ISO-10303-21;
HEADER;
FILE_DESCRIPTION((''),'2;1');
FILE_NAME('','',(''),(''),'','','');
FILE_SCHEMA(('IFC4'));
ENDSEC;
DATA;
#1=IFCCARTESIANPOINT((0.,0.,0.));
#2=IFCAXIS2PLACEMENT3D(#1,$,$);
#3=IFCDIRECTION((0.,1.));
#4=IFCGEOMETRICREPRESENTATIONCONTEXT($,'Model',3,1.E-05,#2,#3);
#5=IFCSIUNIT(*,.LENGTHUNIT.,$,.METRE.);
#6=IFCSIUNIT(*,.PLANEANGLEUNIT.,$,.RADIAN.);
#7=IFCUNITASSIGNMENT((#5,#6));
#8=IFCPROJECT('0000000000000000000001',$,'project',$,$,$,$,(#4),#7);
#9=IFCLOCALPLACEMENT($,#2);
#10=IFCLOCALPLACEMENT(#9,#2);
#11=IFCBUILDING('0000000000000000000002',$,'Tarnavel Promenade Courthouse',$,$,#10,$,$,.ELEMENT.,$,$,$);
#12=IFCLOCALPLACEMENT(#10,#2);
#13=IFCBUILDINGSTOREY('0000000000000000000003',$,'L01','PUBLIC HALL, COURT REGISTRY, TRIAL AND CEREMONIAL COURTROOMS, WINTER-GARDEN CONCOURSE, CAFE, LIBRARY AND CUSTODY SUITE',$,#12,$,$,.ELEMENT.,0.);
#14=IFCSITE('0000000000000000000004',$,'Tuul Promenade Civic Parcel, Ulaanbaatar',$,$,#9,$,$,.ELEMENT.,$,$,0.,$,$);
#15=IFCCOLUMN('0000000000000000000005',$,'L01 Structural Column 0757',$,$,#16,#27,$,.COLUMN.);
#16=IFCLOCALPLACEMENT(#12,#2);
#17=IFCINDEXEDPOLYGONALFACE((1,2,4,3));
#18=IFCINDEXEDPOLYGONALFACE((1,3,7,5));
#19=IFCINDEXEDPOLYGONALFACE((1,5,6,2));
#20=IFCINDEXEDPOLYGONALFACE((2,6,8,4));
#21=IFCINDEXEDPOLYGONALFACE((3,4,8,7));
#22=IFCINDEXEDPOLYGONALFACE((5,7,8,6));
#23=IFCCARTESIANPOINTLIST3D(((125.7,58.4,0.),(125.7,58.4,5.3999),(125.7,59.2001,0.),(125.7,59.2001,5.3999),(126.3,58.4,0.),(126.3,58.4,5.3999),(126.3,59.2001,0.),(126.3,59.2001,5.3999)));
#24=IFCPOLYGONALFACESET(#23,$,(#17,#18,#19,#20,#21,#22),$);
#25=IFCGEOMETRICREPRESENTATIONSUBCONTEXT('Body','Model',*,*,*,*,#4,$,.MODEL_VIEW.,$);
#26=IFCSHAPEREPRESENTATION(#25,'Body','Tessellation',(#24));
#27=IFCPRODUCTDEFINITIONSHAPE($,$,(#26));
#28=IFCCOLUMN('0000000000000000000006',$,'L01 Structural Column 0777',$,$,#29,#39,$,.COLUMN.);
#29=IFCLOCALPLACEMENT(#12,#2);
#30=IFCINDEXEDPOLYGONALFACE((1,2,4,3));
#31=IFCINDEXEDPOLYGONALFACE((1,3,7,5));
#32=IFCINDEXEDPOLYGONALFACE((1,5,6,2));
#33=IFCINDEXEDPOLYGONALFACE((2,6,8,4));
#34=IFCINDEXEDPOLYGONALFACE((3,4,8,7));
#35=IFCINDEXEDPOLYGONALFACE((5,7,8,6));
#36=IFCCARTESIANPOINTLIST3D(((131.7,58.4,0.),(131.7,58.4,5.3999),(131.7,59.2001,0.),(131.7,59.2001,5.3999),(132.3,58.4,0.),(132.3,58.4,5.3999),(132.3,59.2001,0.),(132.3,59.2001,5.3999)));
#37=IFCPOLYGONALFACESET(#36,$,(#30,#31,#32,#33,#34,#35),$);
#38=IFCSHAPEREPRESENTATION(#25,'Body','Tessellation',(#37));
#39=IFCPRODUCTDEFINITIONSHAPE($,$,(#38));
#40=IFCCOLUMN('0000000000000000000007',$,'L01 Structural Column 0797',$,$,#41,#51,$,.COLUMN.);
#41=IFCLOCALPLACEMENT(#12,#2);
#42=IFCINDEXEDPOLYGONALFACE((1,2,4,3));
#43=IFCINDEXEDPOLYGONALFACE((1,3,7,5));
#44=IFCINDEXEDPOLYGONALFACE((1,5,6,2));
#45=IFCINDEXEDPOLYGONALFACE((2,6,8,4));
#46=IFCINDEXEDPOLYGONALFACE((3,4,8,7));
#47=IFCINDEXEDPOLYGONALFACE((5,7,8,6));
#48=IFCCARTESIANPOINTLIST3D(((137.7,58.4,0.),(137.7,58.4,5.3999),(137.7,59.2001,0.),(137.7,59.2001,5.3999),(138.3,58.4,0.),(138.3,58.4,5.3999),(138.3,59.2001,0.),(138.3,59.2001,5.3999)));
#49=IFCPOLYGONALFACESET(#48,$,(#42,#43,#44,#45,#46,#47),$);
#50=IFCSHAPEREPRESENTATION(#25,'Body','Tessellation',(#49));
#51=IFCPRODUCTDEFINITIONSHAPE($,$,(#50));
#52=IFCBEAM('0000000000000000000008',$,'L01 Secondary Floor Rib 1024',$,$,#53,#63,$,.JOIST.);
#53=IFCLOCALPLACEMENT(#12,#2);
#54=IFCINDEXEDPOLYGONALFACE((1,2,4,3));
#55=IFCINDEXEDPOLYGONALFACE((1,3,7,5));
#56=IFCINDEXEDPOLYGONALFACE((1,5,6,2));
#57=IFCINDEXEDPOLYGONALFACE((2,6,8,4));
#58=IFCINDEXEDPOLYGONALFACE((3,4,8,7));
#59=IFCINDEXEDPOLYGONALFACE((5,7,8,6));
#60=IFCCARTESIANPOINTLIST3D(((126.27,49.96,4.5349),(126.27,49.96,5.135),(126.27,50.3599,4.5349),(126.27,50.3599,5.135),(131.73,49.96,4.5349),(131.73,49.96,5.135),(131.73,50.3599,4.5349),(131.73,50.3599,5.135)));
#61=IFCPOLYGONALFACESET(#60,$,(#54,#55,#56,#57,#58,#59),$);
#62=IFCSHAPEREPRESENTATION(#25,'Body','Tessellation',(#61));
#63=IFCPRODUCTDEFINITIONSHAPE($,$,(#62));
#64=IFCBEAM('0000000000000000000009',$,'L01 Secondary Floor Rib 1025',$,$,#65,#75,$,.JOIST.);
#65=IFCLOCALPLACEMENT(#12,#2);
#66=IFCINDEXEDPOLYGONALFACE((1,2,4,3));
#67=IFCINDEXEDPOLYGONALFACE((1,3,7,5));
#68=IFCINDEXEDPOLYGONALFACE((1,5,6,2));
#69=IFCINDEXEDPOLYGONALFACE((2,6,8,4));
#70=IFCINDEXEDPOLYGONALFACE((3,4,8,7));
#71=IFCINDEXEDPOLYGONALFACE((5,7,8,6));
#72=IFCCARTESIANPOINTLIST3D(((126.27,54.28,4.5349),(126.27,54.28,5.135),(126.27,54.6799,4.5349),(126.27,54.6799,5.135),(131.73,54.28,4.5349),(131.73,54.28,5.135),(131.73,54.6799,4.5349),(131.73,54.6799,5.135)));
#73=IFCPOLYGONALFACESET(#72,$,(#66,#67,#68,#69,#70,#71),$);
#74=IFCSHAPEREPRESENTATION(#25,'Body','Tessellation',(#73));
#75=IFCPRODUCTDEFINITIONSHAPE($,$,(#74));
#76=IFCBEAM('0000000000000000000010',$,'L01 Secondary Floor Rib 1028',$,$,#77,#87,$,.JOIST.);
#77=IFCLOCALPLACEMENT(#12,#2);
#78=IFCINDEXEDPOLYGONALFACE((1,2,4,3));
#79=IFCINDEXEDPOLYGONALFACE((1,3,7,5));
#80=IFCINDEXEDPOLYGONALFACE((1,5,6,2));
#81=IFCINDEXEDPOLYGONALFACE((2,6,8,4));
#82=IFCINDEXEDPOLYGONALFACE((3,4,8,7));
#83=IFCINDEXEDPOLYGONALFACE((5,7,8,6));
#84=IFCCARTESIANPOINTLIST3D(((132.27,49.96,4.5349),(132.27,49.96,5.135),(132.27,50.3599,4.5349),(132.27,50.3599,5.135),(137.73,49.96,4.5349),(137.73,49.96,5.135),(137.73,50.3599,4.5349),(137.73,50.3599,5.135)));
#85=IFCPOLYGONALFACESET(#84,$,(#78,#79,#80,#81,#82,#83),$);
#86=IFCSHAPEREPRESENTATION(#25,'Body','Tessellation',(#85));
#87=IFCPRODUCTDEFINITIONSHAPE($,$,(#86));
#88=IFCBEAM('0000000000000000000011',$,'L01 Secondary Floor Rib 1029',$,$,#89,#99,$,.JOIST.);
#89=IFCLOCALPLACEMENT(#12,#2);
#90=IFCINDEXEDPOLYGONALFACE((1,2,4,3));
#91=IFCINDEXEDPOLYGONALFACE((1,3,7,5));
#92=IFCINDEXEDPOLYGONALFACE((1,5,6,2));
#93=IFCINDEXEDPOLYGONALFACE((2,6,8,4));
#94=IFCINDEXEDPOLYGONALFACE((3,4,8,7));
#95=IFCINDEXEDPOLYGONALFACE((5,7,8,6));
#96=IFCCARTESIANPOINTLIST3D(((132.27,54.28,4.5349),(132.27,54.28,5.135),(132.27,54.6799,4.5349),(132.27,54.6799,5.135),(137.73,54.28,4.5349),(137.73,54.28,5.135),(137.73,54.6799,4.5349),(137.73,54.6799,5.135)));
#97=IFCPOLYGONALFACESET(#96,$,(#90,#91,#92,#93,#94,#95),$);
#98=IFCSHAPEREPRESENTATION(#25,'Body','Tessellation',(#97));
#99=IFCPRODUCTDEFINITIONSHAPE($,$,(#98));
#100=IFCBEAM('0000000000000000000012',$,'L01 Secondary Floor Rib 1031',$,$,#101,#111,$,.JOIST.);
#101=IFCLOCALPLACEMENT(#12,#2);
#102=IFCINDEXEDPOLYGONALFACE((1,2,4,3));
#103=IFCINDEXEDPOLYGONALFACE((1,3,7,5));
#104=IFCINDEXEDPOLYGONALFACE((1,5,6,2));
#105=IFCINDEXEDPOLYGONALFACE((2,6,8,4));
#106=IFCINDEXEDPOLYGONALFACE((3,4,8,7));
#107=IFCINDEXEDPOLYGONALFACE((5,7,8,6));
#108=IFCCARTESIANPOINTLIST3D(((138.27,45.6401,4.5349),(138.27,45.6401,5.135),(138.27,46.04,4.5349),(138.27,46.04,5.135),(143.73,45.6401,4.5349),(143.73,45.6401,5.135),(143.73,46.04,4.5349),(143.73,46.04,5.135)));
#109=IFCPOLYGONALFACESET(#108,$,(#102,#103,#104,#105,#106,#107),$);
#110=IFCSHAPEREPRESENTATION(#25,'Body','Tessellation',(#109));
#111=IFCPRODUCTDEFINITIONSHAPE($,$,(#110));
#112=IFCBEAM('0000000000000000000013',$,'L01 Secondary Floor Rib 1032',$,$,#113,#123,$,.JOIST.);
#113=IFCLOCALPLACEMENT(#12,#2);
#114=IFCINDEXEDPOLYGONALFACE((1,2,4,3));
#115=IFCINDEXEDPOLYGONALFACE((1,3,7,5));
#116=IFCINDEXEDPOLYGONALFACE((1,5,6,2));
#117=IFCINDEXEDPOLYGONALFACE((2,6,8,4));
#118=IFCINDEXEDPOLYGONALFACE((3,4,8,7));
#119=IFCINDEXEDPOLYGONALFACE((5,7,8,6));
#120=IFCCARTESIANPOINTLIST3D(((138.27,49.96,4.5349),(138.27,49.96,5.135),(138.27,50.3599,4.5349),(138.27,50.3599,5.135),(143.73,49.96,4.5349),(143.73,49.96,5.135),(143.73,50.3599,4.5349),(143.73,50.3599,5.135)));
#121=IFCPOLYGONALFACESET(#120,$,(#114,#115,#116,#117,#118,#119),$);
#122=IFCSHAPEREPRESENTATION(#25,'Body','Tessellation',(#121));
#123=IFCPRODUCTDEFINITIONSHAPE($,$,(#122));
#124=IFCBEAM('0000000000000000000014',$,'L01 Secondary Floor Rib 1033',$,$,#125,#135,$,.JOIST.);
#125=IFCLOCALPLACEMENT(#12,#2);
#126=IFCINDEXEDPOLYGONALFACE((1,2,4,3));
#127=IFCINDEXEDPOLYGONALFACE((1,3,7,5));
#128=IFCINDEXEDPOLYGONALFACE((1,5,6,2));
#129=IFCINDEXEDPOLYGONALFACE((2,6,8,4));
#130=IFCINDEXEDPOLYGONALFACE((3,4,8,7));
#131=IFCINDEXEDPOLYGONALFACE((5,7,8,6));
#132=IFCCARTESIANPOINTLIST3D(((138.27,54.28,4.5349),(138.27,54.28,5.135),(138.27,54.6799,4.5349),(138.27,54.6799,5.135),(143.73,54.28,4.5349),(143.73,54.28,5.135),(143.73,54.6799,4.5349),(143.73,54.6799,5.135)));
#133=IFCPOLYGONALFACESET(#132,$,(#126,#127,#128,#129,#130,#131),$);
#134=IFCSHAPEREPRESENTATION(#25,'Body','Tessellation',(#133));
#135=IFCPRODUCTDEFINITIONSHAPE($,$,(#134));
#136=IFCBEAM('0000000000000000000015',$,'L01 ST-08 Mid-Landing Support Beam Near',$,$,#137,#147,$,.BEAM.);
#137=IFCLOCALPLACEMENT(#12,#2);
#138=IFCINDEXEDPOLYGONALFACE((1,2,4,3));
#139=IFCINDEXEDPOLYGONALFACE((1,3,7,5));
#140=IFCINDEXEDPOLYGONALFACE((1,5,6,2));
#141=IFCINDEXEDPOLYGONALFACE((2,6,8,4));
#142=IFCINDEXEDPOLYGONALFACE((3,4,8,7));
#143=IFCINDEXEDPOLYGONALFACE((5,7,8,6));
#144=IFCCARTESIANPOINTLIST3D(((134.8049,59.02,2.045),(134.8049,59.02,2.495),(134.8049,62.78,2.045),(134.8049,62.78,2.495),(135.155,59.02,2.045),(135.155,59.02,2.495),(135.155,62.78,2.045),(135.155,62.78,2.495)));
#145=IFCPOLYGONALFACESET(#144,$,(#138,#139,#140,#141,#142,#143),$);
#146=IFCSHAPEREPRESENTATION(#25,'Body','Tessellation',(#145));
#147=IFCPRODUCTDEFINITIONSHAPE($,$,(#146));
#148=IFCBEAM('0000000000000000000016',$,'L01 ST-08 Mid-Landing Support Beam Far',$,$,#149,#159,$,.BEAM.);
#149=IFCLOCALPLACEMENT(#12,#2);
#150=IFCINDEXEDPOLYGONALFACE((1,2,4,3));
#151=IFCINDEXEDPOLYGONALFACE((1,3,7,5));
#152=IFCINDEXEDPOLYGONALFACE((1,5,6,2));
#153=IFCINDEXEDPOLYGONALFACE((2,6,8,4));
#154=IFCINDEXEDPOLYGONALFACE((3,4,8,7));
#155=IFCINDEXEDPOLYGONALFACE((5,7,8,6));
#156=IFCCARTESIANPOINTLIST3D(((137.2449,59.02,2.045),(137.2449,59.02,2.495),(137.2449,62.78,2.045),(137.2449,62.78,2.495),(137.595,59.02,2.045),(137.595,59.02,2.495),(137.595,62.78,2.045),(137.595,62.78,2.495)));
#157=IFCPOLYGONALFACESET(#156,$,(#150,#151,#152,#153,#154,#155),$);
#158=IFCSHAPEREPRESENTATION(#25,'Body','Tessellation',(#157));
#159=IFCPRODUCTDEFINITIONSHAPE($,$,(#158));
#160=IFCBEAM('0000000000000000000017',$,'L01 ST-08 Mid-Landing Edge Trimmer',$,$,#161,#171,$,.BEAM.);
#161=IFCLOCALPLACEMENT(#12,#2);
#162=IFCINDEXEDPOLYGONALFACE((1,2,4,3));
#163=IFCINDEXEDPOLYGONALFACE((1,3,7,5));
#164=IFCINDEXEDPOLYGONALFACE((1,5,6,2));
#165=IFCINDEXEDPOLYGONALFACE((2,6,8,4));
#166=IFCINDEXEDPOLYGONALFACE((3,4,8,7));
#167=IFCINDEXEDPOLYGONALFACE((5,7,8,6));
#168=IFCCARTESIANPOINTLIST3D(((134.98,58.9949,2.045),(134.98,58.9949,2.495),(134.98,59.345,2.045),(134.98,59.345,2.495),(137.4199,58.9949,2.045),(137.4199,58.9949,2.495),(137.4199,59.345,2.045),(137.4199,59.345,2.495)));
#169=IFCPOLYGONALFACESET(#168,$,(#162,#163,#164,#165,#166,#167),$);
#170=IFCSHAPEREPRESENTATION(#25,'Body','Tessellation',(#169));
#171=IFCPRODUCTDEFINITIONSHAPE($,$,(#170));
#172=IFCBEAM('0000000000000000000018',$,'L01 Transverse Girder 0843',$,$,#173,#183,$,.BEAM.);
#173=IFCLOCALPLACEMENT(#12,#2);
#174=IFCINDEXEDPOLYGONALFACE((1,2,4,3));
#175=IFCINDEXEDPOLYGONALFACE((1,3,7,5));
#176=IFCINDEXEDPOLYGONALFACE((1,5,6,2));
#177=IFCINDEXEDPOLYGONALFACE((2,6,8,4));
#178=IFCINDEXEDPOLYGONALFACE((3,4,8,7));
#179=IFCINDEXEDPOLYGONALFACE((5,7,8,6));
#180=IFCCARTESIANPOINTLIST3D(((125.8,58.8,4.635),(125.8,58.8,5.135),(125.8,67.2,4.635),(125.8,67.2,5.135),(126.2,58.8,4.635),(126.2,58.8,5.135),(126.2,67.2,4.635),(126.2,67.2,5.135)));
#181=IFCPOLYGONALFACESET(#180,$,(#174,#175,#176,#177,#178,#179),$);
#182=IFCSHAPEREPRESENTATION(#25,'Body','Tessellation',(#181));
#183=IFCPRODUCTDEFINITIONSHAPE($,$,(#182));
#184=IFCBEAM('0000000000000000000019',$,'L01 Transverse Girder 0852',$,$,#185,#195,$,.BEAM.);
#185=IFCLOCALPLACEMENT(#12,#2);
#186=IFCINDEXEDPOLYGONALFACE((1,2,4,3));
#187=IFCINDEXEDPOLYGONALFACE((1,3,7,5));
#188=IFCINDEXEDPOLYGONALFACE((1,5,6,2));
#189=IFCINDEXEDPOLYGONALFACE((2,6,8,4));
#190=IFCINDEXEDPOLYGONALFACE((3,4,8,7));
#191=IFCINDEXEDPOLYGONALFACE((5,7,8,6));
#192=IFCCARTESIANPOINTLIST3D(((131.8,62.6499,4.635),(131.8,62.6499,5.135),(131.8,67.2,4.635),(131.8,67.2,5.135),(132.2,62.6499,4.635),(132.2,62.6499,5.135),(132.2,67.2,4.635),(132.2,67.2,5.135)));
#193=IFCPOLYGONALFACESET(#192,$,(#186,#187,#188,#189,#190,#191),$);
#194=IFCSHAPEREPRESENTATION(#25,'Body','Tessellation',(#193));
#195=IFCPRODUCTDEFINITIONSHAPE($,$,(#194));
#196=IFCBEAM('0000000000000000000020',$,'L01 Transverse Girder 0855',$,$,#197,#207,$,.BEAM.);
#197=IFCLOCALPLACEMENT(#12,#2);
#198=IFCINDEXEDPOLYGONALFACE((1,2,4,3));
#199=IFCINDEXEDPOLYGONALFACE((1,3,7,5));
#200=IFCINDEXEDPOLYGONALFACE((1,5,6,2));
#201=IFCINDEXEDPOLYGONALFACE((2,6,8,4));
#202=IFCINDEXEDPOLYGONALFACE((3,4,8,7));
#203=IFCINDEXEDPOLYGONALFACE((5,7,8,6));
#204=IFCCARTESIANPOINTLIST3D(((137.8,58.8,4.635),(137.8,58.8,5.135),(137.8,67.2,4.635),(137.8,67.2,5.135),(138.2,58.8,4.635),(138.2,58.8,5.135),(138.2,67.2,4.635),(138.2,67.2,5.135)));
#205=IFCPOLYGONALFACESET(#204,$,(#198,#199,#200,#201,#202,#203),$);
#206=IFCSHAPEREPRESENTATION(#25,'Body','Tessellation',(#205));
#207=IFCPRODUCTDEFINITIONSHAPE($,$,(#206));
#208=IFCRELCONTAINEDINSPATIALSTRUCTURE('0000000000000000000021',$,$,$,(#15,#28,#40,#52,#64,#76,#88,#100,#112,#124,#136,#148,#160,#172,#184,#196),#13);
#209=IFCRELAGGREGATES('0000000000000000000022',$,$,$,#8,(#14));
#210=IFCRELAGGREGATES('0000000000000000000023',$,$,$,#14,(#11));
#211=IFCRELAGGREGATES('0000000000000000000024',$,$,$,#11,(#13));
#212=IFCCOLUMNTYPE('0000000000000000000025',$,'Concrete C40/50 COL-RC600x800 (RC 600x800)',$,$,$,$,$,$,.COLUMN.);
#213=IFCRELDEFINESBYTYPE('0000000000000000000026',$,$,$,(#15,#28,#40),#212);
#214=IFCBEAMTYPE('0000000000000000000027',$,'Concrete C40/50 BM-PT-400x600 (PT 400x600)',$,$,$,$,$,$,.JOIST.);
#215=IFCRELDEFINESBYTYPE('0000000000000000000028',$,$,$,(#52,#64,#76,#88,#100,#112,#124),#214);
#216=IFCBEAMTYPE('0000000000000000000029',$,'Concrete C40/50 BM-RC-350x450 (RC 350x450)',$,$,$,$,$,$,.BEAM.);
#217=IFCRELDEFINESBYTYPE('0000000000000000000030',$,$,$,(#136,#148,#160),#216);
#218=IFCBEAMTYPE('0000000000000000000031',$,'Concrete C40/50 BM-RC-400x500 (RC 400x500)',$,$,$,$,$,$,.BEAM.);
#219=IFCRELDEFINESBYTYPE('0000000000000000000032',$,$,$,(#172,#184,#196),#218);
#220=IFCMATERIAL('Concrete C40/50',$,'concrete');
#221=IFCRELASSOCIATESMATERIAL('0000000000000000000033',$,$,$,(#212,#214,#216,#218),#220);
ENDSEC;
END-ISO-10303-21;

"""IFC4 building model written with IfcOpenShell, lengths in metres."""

from ifc_helpers import new_model, si_unit, direction, frame, origin, origin_2d, place, context, subcontext, project, spatial, rectangle, extrude, material, material_profile, profile_set, type_object, element, save


model = new_model("IFC4")

# Units and contexts
model_context = context("Model", 3, precision=1e-05, world=origin(), true_north=direction((0.0, 1.0)))
body_context = subcontext(model_context, "Body", "Model", "MODEL_VIEW")
ifc_project = project(units=[si_unit("LENGTHUNIT", "METRE"), si_unit("PLANEANGLEUNIT", "RADIAN")], contexts=[model_context])

# Site, building, storey
site_placement = place(None, origin())
site = spatial("IfcSite", under=ifc_project, at=site_placement, Name="Tuul Promenade Civic Parcel, Ulaanbaatar", CompositionType="ELEMENT", RefElevation=0.0)
building_placement = place(site_placement, origin())
building = spatial("IfcBuilding", under=site, at=building_placement, Name="Tarnavel Promenade Courthouse", CompositionType="ELEMENT")
storey_placement = place(building_placement, origin())
storey = spatial("IfcBuildingStorey", under=building, at=storey_placement, Name="L01", Description="PUBLIC HALL, COURT REGISTRY, TRIAL AND CEREMONIAL COURTROOMS, WINTER-GARDEN CONCOURSE, CAFE, LIBRARY AND CUSTODY SUITE", CompositionType="ELEMENT", Elevation=0.0)

# Columns
ifc_material_1 = material(Name="Concrete C40/50", Category="concrete")
ifc_material_profile_1 = material_profile(ifc_material_1, rectangle(XDim=0.6001, YDim=0.8, at=origin_2d()), Name="RC 600x800")
ifc_profile_set_1 = profile_set([ifc_material_profile_1], Name="Concrete C40/50")
column_type = type_object("IfcColumnType", Name="Concrete C40/50 COL-RC600x800 (RC 600x800)", PredefinedType="COLUMN", material=ifc_profile_set_1)
for number, where, z_axis, x_axis, name in (
    (1, (126.0, 58.8, 0.0), (0.0, 0.0, 1.0), (1.0, 0.0, 0.0), "L01 Structural Column 0757"),
    (2, (132.0, 58.8, 0.0), (0.0, 0.0, 1.0), (1.0, 0.0, 0.0), "L01 Structural Column 0777"),
    (3, (138.0, 58.8, 0.0), (0.0, 0.0, 1.0), (1.0, 0.0, 0.0), "L01 Structural Column 0797"),
):
    element("IfcColumn", number, at=place(storey_placement, frame(where, z_axis=z_axis, x_axis=x_axis)), inside=storey, type_object=column_type, Name=name, PredefinedType="COLUMN", context=body_context, shape_type="SweptSolid", body=[
        extrude(rectangle(XDim=0.6001, YDim=0.8, at=origin_2d()), origin(), (0.0, 0.0, 1.0), 5.3999),
    ])

# Beams
ifc_material_profile_2 = material_profile(ifc_material_1, rectangle(XDim=0.3999, YDim=0.6001, at=origin_2d()), Name="PT 400x600")
ifc_profile_set_2 = profile_set([ifc_material_profile_2], Name="Concrete C40/50")
beam_type_1 = type_object("IfcBeamType", Name="Concrete C40/50 BM-PT-400x600 (PT 400x600)", PredefinedType="JOIST", material=ifc_profile_set_2)
for number, where, z_axis, x_axis, name in (
    (4, (126.27, 50.1599, 4.835), (1.0, 0.0, 0.0), (0.0, 1.0, 0.0), "L01 Secondary Floor Rib 1024"),
    (5, (126.27, 54.48, 4.835), (1.0, 0.0, 0.0), (0.0, 1.0, 0.0), "L01 Secondary Floor Rib 1025"),
    (6, (132.27, 50.1599, 4.835), (1.0, 0.0, 0.0), (0.0, 1.0, 0.0), "L01 Secondary Floor Rib 1028"),
    (7, (132.27, 54.48, 4.835), (1.0, 0.0, 0.0), (0.0, 1.0, 0.0), "L01 Secondary Floor Rib 1029"),
    (8, (138.27, 45.8401, 4.835), (1.0, 0.0, 0.0), (0.0, 1.0, 0.0), "L01 Secondary Floor Rib 1031"),
    (9, (138.27, 50.1599, 4.835), (1.0, 0.0, 0.0), (0.0, 1.0, 0.0), "L01 Secondary Floor Rib 1032"),
    (10, (138.27, 54.48, 4.835), (1.0, 0.0, 0.0), (0.0, 1.0, 0.0), "L01 Secondary Floor Rib 1033"),
):
    element("IfcBeam", number, at=place(storey_placement, frame(where, z_axis=z_axis, x_axis=x_axis)), inside=storey, type_object=beam_type_1, Name=name, PredefinedType="JOIST", context=body_context, shape_type="SweptSolid", body=[
        extrude(rectangle(XDim=0.3999, YDim=0.6001, at=origin_2d()), origin(), (0.0, 0.0, 1.0), 5.46),
    ])
ifc_material_profile_3 = material_profile(ifc_material_1, rectangle(XDim=0.3501, YDim=0.45, at=origin_2d()), Name="RC 350x450")
ifc_profile_set_3 = profile_set([ifc_material_profile_3], Name="Concrete C40/50")
beam_type_2 = type_object("IfcBeamType", Name="Concrete C40/50 BM-RC-350x450 (RC 350x450)", PredefinedType="BEAM", material=ifc_profile_set_3)
for number, where, z_axis, x_axis, name in (
    (11, (134.98, 59.02, 2.27), (0.0, 1.0, 0.0), (-1.0, 0.0, 0.0), "L01 ST-08 Mid-Landing Support Beam Near"),
    (12, (137.4199, 59.02, 2.27), (0.0, 1.0, 0.0), (-1.0, 0.0, 0.0), "L01 ST-08 Mid-Landing Support Beam Far"),
):
    element("IfcBeam", number, at=place(storey_placement, frame(where, z_axis=z_axis, x_axis=x_axis)), inside=storey, type_object=beam_type_2, Name=name, PredefinedType="BEAM", context=body_context, shape_type="SweptSolid", body=[
        extrude(rectangle(XDim=0.3501, YDim=0.45, at=origin_2d()), origin(), (0.0, 0.0, 1.0), 3.76),
    ])
beam_1_placement = place(storey_placement, frame((134.98, 59.1699, 2.27), z_axis=(1.0, 0.0, 0.0), x_axis=(0.0, 1.0, 0.0)))
element("IfcBeam", 13, at=beam_1_placement, inside=storey, type_object=beam_type_2, Name="L01 ST-08 Mid-Landing Edge Trimmer", PredefinedType="BEAM", context=body_context, shape_type="SweptSolid", body=[
    extrude(rectangle(XDim=0.3501, YDim=0.45, at=origin_2d()), origin(), (0.0, 0.0, 1.0), 2.4399),
])
ifc_material_profile_4 = material_profile(ifc_material_1, rectangle(XDim=0.3999, YDim=0.5, at=origin_2d()), Name="RC 400x500")
ifc_profile_set_4 = profile_set([ifc_material_profile_4], Name="Concrete C40/50")
beam_type_3 = type_object("IfcBeamType", Name="Concrete C40/50 BM-RC-400x500 (RC 400x500)", PredefinedType="BEAM", material=ifc_profile_set_4)
beam_2_placement = place(storey_placement, frame((126.0, 58.8, 4.885), z_axis=(0.0, 1.0, 0.0), x_axis=(-1.0, 0.0, 0.0)))
element("IfcBeam", 14, at=beam_2_placement, inside=storey, type_object=beam_type_3, Name="L01 Transverse Girder 0843", PredefinedType="BEAM", context=body_context, shape_type="SweptSolid", body=[
    extrude(rectangle(XDim=0.3999, YDim=0.5, at=origin_2d()), origin(), (0.0, 0.0, 1.0), 8.3999),
])
beam_3_placement = place(storey_placement, frame((132.0, 62.6499, 4.885), z_axis=(0.0, 1.0, 0.0), x_axis=(-1.0, 0.0, 0.0)))
element("IfcBeam", 15, at=beam_3_placement, inside=storey, type_object=beam_type_3, Name="L01 Transverse Girder 0852", PredefinedType="BEAM", context=body_context, shape_type="SweptSolid", body=[
    extrude(rectangle(XDim=0.3999, YDim=0.5, at=origin_2d()), origin(), (0.0, 0.0, 1.0), 4.55),
])
beam_4_placement = place(storey_placement, frame((138.0, 58.8, 4.885), z_axis=(0.0, 1.0, 0.0), x_axis=(-1.0, 0.0, 0.0)))
element("IfcBeam", 16, at=beam_4_placement, inside=storey, type_object=beam_type_3, Name="L01 Transverse Girder 0855", PredefinedType="BEAM", context=body_context, shape_type="SweptSolid", body=[
    extrude(rectangle(XDim=0.3999, YDim=0.5, at=origin_2d()), origin(), (0.0, 0.0, 1.0), 8.3999),
])

save(model, "model.ifc")
